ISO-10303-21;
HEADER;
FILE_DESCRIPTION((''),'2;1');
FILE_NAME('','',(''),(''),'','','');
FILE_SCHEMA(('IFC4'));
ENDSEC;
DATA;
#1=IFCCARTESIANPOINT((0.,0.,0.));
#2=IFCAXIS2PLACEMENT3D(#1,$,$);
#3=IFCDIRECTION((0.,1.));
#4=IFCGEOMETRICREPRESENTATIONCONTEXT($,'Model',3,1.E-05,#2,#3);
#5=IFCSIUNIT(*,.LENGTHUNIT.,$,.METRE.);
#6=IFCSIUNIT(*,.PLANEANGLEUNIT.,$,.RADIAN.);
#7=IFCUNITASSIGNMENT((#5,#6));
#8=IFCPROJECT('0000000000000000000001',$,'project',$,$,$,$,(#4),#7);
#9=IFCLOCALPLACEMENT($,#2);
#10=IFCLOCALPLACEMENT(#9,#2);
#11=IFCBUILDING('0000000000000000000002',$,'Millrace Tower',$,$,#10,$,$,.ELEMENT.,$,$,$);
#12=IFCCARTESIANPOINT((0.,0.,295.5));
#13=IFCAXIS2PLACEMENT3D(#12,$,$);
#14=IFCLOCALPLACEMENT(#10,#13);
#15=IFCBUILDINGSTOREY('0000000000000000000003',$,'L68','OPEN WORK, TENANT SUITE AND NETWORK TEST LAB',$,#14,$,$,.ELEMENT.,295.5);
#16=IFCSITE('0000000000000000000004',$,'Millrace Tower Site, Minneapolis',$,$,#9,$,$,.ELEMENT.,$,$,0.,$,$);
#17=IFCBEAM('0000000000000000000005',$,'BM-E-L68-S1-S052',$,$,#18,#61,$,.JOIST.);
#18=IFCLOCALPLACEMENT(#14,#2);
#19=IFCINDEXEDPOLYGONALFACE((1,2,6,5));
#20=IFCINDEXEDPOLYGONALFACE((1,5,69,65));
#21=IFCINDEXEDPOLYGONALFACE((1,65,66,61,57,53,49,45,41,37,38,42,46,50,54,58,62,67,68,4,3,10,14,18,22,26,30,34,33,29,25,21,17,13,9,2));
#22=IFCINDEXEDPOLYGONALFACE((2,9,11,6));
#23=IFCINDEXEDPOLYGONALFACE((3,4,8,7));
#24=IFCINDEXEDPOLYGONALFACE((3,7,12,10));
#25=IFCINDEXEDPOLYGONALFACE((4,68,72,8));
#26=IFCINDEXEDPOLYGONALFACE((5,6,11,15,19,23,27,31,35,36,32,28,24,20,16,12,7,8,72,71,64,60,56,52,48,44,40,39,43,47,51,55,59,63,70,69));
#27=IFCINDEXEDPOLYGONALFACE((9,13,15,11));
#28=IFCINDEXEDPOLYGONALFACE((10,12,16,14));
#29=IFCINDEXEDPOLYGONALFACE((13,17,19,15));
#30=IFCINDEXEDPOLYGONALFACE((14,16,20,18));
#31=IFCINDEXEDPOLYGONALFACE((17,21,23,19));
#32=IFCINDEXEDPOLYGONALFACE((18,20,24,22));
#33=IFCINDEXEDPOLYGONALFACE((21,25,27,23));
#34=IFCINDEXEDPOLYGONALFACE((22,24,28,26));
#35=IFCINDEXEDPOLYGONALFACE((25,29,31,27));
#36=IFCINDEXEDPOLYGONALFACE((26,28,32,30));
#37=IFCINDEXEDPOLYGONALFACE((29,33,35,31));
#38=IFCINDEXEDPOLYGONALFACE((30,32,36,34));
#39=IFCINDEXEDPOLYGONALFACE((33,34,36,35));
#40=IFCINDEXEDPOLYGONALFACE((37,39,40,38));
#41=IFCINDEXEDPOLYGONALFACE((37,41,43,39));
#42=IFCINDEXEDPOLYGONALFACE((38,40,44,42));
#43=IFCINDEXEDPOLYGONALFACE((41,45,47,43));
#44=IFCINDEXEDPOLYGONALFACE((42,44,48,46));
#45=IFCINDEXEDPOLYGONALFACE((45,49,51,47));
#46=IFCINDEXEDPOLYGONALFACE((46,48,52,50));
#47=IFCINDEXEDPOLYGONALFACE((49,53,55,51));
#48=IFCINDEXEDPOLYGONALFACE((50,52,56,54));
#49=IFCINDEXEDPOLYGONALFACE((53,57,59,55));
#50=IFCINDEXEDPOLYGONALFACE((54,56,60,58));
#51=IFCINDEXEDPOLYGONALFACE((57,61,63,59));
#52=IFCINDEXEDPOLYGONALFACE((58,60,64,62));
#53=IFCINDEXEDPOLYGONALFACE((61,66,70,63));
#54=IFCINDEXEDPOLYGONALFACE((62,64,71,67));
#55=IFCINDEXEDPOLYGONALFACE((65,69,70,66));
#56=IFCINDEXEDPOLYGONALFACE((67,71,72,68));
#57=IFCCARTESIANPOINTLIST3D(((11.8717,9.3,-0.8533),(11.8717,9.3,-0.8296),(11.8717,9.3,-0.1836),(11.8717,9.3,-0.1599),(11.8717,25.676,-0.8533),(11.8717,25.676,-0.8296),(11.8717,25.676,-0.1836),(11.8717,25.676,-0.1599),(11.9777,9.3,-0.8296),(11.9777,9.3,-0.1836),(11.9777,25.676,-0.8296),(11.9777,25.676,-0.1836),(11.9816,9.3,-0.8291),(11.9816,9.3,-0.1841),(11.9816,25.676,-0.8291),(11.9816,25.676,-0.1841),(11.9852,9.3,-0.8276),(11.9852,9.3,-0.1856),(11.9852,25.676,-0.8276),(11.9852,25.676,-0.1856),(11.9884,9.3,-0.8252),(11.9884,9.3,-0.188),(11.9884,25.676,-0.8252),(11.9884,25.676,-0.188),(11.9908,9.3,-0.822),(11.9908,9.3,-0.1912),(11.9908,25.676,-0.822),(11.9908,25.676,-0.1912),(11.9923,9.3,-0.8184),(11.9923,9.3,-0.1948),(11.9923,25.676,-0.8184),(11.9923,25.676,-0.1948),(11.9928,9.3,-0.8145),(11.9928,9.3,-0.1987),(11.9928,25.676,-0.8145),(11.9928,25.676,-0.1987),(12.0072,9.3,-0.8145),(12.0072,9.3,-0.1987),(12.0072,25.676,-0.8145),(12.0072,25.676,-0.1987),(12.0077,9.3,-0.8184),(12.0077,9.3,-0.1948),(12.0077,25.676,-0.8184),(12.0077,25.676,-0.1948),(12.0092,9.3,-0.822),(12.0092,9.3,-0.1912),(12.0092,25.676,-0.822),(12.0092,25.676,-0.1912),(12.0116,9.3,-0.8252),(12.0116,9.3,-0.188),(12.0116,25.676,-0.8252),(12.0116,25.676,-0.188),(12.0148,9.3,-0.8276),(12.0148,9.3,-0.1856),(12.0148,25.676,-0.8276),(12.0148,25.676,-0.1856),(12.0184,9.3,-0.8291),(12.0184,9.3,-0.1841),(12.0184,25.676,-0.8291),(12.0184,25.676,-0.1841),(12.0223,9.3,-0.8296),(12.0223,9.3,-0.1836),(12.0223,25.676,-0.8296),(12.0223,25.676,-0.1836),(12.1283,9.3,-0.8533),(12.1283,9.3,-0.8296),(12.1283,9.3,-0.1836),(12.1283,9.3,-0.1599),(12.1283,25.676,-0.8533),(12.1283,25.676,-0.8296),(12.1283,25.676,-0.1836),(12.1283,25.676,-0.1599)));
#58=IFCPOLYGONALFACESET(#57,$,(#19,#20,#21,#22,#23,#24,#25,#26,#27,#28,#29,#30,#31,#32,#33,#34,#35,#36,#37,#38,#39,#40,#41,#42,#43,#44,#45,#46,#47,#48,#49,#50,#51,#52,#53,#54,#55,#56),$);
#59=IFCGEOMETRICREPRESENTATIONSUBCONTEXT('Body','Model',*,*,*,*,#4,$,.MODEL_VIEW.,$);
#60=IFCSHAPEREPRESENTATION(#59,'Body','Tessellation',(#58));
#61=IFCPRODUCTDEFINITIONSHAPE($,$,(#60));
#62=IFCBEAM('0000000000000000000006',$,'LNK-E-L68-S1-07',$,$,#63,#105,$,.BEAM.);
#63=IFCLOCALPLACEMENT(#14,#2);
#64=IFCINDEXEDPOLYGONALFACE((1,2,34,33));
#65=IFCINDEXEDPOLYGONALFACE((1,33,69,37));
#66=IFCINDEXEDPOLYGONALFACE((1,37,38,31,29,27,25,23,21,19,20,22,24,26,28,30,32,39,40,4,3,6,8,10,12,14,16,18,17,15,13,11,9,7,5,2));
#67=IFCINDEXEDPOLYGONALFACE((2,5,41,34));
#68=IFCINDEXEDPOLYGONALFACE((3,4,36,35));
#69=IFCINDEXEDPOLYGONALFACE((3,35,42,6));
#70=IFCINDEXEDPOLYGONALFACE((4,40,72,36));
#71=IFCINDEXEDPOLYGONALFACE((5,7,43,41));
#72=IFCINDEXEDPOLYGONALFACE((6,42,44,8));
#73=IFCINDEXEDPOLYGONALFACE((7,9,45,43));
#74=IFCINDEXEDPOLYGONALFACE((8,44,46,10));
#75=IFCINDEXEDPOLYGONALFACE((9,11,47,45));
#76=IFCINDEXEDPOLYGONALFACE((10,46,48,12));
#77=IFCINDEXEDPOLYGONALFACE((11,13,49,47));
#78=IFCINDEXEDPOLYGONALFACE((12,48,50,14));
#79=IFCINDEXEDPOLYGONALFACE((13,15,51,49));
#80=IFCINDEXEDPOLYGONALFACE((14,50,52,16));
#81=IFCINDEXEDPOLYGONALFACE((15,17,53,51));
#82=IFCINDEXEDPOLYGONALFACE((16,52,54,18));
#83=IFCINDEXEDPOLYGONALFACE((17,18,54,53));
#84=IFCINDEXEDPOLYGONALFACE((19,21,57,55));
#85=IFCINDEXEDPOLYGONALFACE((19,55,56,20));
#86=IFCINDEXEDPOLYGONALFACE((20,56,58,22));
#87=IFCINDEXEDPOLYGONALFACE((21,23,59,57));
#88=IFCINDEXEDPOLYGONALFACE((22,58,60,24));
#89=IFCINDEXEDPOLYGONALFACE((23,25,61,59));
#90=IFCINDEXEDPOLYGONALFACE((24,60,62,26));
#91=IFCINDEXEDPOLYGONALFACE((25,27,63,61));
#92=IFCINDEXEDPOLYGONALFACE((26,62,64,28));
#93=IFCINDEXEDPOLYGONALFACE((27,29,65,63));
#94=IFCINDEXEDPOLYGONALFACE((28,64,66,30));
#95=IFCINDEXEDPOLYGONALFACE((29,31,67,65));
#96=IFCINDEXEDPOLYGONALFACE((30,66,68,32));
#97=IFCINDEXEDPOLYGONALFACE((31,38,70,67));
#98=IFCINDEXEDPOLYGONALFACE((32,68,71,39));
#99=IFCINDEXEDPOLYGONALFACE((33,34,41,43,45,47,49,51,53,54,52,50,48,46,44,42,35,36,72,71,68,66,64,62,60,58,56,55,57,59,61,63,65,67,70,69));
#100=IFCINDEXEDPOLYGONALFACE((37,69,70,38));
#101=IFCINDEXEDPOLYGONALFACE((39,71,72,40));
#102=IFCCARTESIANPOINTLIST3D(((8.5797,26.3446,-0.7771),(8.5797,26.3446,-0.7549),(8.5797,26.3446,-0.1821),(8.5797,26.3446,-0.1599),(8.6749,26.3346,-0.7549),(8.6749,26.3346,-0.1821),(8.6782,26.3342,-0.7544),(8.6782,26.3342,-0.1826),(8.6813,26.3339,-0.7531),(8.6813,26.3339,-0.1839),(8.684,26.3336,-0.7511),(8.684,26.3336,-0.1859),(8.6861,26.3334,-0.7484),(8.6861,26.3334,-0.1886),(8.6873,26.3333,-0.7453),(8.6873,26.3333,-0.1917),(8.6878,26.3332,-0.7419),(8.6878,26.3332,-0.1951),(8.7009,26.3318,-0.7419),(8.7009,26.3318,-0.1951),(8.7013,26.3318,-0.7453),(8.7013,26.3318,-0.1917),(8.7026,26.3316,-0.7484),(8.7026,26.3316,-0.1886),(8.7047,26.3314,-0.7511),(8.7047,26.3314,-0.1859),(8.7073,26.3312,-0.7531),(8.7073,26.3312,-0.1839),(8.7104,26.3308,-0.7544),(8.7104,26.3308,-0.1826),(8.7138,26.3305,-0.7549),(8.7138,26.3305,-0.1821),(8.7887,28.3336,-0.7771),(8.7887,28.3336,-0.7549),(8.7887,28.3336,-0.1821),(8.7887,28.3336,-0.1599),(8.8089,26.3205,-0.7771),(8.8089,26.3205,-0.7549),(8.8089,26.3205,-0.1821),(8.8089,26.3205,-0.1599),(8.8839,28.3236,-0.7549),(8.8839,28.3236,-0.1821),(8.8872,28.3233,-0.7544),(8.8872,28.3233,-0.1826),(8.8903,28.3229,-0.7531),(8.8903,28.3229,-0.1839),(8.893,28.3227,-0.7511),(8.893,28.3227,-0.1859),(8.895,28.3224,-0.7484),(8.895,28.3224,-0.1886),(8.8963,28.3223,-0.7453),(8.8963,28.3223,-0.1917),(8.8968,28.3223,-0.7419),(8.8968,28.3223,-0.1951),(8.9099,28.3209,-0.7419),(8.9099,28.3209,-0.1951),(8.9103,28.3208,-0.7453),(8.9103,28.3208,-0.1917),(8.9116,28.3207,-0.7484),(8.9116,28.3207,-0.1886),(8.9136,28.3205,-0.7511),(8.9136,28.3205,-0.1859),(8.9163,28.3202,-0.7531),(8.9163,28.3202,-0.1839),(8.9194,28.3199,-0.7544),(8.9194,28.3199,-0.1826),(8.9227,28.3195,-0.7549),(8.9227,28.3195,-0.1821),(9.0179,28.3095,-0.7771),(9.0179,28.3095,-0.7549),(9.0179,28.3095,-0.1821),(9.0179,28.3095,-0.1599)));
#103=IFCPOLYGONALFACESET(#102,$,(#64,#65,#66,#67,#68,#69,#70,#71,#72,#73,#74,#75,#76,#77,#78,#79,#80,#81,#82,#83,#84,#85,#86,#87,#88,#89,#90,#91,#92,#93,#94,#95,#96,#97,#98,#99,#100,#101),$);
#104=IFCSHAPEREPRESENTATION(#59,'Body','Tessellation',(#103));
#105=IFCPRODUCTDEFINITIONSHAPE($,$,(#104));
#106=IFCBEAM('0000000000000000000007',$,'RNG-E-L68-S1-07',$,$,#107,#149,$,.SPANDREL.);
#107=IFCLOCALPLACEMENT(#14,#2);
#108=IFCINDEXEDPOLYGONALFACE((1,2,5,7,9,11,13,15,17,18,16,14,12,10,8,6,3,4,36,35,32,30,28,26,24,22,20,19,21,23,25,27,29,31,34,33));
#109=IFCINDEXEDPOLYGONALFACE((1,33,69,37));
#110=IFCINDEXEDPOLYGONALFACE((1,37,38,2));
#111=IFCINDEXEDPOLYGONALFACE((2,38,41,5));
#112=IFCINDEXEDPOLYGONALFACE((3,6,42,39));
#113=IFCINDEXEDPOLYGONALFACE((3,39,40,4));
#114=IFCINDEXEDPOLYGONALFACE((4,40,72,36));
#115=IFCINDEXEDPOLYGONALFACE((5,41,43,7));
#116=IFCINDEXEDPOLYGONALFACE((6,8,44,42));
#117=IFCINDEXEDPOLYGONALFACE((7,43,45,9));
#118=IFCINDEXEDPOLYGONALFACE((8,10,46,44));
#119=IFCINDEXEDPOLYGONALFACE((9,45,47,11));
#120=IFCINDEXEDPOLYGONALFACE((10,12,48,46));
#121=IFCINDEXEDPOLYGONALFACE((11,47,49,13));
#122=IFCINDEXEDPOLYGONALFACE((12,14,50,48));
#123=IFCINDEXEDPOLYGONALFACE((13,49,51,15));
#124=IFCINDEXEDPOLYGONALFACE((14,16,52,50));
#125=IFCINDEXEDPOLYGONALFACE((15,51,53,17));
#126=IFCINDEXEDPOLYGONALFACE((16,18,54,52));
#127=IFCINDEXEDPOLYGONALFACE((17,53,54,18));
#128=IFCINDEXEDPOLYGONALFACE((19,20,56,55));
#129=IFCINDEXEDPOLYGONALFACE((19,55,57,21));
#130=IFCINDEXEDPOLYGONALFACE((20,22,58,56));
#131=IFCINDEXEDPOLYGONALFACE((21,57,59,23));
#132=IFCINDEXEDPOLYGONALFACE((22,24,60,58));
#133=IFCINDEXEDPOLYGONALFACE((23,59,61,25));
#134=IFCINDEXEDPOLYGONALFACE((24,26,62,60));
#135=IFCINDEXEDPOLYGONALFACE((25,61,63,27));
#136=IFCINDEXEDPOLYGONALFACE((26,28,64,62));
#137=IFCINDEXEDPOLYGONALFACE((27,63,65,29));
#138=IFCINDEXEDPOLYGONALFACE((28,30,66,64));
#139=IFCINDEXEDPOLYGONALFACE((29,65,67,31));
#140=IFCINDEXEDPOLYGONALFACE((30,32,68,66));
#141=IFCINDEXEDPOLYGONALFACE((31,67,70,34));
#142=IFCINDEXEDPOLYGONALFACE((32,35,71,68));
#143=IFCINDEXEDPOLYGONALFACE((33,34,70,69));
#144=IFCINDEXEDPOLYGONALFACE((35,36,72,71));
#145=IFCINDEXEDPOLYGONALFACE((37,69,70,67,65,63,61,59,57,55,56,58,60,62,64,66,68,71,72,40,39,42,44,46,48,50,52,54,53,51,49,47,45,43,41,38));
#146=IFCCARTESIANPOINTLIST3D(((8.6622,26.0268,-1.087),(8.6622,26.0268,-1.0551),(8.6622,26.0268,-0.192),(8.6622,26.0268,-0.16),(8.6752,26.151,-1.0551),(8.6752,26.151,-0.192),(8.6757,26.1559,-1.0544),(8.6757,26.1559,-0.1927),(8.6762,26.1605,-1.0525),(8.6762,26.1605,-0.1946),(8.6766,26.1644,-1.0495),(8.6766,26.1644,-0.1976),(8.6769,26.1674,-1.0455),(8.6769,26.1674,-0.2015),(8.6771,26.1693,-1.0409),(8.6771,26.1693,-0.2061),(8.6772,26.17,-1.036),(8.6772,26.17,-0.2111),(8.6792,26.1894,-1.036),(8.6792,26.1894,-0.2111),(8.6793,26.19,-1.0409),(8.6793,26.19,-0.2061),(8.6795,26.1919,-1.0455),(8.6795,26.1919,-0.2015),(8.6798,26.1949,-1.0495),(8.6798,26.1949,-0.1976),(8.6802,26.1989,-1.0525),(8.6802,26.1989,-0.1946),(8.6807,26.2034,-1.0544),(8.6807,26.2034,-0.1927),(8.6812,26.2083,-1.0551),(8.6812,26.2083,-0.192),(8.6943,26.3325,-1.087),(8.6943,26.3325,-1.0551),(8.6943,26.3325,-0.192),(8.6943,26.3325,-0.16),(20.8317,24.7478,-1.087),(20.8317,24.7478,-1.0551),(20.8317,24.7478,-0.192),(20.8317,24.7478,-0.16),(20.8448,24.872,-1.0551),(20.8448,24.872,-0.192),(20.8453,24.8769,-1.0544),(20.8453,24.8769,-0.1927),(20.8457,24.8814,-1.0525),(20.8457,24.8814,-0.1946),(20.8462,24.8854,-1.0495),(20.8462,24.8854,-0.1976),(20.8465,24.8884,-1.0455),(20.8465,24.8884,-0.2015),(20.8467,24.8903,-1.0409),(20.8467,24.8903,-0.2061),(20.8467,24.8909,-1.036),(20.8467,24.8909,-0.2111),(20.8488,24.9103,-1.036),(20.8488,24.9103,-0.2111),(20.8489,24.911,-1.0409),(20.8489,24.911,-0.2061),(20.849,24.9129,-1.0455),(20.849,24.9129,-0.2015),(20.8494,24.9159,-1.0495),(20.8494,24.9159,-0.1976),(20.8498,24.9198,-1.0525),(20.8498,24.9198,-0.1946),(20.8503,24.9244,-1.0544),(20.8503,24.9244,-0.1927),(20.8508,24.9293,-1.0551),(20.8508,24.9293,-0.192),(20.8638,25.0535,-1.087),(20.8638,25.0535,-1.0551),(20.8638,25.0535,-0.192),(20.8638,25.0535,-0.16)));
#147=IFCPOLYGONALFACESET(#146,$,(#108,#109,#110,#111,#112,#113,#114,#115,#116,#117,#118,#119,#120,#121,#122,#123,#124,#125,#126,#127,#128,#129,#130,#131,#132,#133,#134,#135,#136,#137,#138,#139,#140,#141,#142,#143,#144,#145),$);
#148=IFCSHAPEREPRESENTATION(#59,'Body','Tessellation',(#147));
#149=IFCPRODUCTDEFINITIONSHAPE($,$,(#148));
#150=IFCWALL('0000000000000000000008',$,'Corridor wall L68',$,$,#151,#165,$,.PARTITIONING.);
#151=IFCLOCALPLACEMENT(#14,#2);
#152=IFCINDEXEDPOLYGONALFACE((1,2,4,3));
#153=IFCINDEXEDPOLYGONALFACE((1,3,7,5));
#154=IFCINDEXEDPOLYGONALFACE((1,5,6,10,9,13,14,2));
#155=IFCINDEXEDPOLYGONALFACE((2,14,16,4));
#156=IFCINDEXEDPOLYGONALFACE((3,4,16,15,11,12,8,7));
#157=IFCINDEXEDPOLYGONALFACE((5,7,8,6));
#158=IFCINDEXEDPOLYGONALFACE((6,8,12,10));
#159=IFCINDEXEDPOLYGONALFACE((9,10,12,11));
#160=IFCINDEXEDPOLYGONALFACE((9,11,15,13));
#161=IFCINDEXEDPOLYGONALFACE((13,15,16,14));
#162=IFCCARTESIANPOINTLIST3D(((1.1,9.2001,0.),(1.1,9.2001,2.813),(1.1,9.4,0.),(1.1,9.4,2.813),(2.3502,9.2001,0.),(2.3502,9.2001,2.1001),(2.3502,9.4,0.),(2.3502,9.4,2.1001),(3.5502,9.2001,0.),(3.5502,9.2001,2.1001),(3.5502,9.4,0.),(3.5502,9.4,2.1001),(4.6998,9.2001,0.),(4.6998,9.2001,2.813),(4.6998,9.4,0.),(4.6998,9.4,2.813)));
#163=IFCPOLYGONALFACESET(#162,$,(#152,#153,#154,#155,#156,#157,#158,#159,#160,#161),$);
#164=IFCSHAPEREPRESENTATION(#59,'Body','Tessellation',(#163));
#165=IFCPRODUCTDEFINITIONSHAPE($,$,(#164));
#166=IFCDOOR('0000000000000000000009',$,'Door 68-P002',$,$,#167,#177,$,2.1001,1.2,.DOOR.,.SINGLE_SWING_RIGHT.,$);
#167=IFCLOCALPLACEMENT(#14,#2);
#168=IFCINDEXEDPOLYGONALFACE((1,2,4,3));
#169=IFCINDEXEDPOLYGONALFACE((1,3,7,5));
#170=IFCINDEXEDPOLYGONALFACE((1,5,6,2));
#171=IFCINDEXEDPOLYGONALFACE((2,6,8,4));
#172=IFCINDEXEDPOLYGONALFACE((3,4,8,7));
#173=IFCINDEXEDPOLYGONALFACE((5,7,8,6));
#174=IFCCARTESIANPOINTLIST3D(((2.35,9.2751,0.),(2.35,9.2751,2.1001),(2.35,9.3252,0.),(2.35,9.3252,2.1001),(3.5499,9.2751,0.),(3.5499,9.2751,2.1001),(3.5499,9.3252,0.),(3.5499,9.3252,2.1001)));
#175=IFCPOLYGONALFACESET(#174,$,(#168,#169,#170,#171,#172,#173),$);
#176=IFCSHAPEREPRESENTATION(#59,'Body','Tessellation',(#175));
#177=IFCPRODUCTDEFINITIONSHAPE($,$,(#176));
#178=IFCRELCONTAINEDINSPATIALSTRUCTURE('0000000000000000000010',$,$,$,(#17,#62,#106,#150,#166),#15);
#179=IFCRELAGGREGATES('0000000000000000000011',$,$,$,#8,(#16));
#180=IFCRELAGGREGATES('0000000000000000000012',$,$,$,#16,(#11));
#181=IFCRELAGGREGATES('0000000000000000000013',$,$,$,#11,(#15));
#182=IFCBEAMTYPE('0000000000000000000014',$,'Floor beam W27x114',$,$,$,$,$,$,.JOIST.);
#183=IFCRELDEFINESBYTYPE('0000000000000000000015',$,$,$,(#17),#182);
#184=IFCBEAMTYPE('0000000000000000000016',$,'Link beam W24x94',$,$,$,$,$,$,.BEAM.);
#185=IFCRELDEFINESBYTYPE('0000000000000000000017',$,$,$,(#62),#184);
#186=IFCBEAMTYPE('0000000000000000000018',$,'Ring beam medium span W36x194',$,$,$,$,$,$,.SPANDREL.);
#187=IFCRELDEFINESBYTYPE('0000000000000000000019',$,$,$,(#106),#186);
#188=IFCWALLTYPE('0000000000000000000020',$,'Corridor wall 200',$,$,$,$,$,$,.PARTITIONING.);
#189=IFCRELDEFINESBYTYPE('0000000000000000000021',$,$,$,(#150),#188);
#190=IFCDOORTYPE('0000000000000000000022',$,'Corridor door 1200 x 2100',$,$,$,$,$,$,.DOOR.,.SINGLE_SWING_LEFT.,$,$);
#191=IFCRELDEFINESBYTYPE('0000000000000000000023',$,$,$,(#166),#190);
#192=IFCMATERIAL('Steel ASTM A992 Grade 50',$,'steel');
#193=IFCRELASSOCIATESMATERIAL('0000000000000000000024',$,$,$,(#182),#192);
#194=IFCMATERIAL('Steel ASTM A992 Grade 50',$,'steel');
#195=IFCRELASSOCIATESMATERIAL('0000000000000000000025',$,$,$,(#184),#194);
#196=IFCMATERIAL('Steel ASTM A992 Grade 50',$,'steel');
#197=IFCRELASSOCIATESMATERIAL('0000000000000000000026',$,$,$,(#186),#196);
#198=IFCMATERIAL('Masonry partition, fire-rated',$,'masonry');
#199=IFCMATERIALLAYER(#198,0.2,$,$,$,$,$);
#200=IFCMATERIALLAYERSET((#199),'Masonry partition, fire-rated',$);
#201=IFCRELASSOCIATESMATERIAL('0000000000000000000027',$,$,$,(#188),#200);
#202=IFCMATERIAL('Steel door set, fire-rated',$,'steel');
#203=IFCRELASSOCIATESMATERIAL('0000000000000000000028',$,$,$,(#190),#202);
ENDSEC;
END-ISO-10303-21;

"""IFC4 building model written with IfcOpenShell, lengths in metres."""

from ifc_helpers import new_model, si_unit, direction, frame, frame_2d, origin, origin_2d, place, context, subcontext, project, spatial, rectangle, i_section, extrude, material, layer, layer_set, material_profile, profile_set, type_object, element, fill, save


model = new_model("IFC4")

# Units and contexts
model_context = context("Model", 3, precision=1e-05, world=origin(), true_north=direction((0.0, 1.0)))
body_context = subcontext(model_context, "Body", "Model", "MODEL_VIEW")
ifc_project = project(units=[si_unit("LENGTHUNIT", "METRE"), si_unit("PLANEANGLEUNIT", "RADIAN")], contexts=[model_context])

# Site, building, storey
site_placement = place(None, origin())
site = spatial("IfcSite", under=ifc_project, at=site_placement, Name="Millrace Tower Site, Minneapolis", CompositionType="ELEMENT", RefElevation=0.0)
building_placement = place(site_placement, origin())
building = spatial("IfcBuilding", under=site, at=building_placement, Name="Millrace Tower", CompositionType="ELEMENT")
storey_placement = place(building_placement, frame((0.0, 0.0, 295.5)))
storey = spatial("IfcBuildingStorey", under=building, at=storey_placement, Name="L68", Description="OPEN WORK, TENANT SUITE AND NETWORK TEST LAB", CompositionType="ELEMENT", Elevation=295.5)

# Beams
ifc_material_1 = material(Name="Steel ASTM A992 Grade 50", Category="steel")
ifc_material_profile_1 = material_profile(ifc_material_1, i_section(OverallWidth=0.2566, OverallDepth=0.6934, WebThickness=0.0144, FlangeThickness=0.0237, FilletRadius=0.0151, at=origin_2d()))
ifc_profile_set_1 = profile_set([ifc_material_profile_1], Name="Steel ASTM A992 Grade 50")
beam_type_1 = type_object("IfcBeamType", Name="Floor beam W27x114", PredefinedType="JOIST", material=ifc_profile_set_1)
beam_1_placement = place(storey_placement, frame((12.0, 9.3, -0.5066), z_axis=(0.0, 1.0, 0.0), x_axis=(-1.0, 0.0, 0.0)))
element("IfcBeam", 1, at=beam_1_placement, inside=storey, type_object=beam_type_1, Name="BM-E-L68-S1-S052", PredefinedType="JOIST", context=body_context, shape_type="SweptSolid", body=[
    extrude(i_section(OverallWidth=0.2566, OverallDepth=0.6934, WebThickness=0.0144, FlangeThickness=0.0237, FilletRadius=0.0151, at=origin_2d()), origin(), (0.0, 0.0, 1.0), 16.376),
])
ifc_material_2 = material(Name="Steel ASTM A992 Grade 50", Category="steel")
ifc_material_profile_2 = material_profile(ifc_material_2, i_section(OverallWidth=0.2305, OverallDepth=0.6172, WebThickness=0.0132, FlangeThickness=0.0222, FilletRadius=0.0129, at=origin_2d()))
ifc_profile_set_2 = profile_set([ifc_material_profile_2], Name="Steel ASTM A992 Grade 50")
beam_type_2 = type_object("IfcBeamType", Name="Link beam W24x94", PredefinedType="BEAM", material=ifc_profile_set_2)
beam_2_placement = place(storey_placement, frame((8.6943, 26.3325, -0.4685), z_axis=(0.104494, 0.994526, 0.0), x_axis=(-0.994526, 0.104494, 0.0)))
element("IfcBeam", 2, at=beam_2_placement, inside=storey, type_object=beam_type_2, Name="LNK-E-L68-S1-07", PredefinedType="BEAM", context=body_context, shape_type="SweptSolid", body=[
    extrude(i_section(OverallWidth=0.2305, OverallDepth=0.6172, WebThickness=0.0132, FlangeThickness=0.0222, FilletRadius=0.0129, at=origin_2d()), origin(), (0.0, 0.0, 1.0), 2.0),
])
ifc_material_3 = material(Name="Steel ASTM A992 Grade 50", Category="steel")
ifc_material_profile_3 = material_profile(ifc_material_3, i_section(OverallWidth=0.3074, OverallDepth=0.927, WebThickness=0.0195, FlangeThickness=0.032, FilletRadius=0.019, at=origin_2d()))
ifc_profile_set_3 = profile_set([ifc_material_profile_3], Name="Steel ASTM A992 Grade 50")
beam_type_3 = type_object("IfcBeamType", Name="Ring beam medium span W36x194", PredefinedType="SPANDREL", material=ifc_profile_set_3)
beam_3_placement = place(storey_placement, frame((8.6782, 26.1797, -0.6235), z_axis=(0.994522, -0.104528, 0.0), x_axis=(0.104528, 0.994522, 0.0)))
element("IfcBeam", 3, at=beam_3_placement, inside=storey, type_object=beam_type_3, Name="RNG-E-L68-S1-07", PredefinedType="SPANDREL", context=body_context, shape_type="SweptSolid", body=[
    extrude(i_section(OverallWidth=0.3074, OverallDepth=0.927, WebThickness=0.0195, FlangeThickness=0.032, FilletRadius=0.019, at=origin_2d()), origin(), (0.0, 0.0, 1.0), 12.2366),
])

# Wall, opening, door
ifc_material_4 = material(Name="Masonry partition, fire-rated", Category="masonry")
ifc_layer_1 = layer(ifc_material_4, 0.2)
ifc_layer_set_1 = layer_set([ifc_layer_1], Name="Masonry partition, fire-rated")
wall_type_1 = type_object("IfcWallType", Name="Corridor wall 200", PredefinedType="PARTITIONING", material=ifc_layer_set_1)
wall_1_placement = place(storey_placement, frame((1.1001, 9.3, 0.0), z_axis=(0.0, 0.0, 1.0), x_axis=(1.0, 0.0, 0.0)))
wall_1 = element("IfcWall", 4, at=wall_1_placement, inside=storey, type_object=wall_type_1, Name="Corridor wall L68", PredefinedType="PARTITIONING", context=body_context, shape_type="SweptSolid", body=[
    extrude(rectangle(XDim=3.5999, YDim=0.2, at=frame_2d((1.7998, 0.0))), origin(), (0.0, 0.0, 1.0), 2.813),
])
opening_1_placement = place(wall_1_placement, frame((1.25, 0.0, 0.0)))
opening_1 = element("IfcOpeningElement", 5, at=opening_1_placement, cuts=wall_1, PredefinedType="OPENING", context=body_context, shape_type="SweptSolid", body=[
    extrude(rectangle(XDim=1.2, YDim=2.1001, at=frame_2d((0.6001, 1.05))), frame((0.0, 0.1099, 0.0), z_axis=(0.0, -1.0, 0.0), x_axis=(1.0, 0.0, 0.0)), (0.0, 0.0, 1.0), 0.22),
])
ifc_material_5 = material(Name="Steel door set, fire-rated", Category="steel")
door_type_1 = type_object("IfcDoorType", Name="Corridor door 1200 x 2100", OperationType="SINGLE_SWING_LEFT", PredefinedType="DOOR", material=ifc_material_5)
door_1_placement = place(opening_1_placement, frame((1.2, 0.0, 0.0), z_axis=(0.0, 0.0, 1.0), x_axis=(-1.0, 0.0, 0.0)))
door_1 = element("IfcDoor", 6, at=door_1_placement, inside=storey, type_object=door_type_1, Name="Door 68-P002", OperationType="SINGLE_SWING_RIGHT", OverallHeight=2.1001, OverallWidth=1.2, PredefinedType="DOOR", context=body_context, shape_type="SweptSolid", body=[
    extrude(rectangle(XDim=1.2, YDim=2.1001, at=frame_2d((0.6001, 1.05))), frame((0.0, 0.0249, 0.0), z_axis=(0.0, -1.0, 0.0), x_axis=(1.0, 0.0, 0.0)), (0.0, 0.0, 1.0), 0.05),
])
fill(opening_1, door_1)

save(model, "model.ifc")
